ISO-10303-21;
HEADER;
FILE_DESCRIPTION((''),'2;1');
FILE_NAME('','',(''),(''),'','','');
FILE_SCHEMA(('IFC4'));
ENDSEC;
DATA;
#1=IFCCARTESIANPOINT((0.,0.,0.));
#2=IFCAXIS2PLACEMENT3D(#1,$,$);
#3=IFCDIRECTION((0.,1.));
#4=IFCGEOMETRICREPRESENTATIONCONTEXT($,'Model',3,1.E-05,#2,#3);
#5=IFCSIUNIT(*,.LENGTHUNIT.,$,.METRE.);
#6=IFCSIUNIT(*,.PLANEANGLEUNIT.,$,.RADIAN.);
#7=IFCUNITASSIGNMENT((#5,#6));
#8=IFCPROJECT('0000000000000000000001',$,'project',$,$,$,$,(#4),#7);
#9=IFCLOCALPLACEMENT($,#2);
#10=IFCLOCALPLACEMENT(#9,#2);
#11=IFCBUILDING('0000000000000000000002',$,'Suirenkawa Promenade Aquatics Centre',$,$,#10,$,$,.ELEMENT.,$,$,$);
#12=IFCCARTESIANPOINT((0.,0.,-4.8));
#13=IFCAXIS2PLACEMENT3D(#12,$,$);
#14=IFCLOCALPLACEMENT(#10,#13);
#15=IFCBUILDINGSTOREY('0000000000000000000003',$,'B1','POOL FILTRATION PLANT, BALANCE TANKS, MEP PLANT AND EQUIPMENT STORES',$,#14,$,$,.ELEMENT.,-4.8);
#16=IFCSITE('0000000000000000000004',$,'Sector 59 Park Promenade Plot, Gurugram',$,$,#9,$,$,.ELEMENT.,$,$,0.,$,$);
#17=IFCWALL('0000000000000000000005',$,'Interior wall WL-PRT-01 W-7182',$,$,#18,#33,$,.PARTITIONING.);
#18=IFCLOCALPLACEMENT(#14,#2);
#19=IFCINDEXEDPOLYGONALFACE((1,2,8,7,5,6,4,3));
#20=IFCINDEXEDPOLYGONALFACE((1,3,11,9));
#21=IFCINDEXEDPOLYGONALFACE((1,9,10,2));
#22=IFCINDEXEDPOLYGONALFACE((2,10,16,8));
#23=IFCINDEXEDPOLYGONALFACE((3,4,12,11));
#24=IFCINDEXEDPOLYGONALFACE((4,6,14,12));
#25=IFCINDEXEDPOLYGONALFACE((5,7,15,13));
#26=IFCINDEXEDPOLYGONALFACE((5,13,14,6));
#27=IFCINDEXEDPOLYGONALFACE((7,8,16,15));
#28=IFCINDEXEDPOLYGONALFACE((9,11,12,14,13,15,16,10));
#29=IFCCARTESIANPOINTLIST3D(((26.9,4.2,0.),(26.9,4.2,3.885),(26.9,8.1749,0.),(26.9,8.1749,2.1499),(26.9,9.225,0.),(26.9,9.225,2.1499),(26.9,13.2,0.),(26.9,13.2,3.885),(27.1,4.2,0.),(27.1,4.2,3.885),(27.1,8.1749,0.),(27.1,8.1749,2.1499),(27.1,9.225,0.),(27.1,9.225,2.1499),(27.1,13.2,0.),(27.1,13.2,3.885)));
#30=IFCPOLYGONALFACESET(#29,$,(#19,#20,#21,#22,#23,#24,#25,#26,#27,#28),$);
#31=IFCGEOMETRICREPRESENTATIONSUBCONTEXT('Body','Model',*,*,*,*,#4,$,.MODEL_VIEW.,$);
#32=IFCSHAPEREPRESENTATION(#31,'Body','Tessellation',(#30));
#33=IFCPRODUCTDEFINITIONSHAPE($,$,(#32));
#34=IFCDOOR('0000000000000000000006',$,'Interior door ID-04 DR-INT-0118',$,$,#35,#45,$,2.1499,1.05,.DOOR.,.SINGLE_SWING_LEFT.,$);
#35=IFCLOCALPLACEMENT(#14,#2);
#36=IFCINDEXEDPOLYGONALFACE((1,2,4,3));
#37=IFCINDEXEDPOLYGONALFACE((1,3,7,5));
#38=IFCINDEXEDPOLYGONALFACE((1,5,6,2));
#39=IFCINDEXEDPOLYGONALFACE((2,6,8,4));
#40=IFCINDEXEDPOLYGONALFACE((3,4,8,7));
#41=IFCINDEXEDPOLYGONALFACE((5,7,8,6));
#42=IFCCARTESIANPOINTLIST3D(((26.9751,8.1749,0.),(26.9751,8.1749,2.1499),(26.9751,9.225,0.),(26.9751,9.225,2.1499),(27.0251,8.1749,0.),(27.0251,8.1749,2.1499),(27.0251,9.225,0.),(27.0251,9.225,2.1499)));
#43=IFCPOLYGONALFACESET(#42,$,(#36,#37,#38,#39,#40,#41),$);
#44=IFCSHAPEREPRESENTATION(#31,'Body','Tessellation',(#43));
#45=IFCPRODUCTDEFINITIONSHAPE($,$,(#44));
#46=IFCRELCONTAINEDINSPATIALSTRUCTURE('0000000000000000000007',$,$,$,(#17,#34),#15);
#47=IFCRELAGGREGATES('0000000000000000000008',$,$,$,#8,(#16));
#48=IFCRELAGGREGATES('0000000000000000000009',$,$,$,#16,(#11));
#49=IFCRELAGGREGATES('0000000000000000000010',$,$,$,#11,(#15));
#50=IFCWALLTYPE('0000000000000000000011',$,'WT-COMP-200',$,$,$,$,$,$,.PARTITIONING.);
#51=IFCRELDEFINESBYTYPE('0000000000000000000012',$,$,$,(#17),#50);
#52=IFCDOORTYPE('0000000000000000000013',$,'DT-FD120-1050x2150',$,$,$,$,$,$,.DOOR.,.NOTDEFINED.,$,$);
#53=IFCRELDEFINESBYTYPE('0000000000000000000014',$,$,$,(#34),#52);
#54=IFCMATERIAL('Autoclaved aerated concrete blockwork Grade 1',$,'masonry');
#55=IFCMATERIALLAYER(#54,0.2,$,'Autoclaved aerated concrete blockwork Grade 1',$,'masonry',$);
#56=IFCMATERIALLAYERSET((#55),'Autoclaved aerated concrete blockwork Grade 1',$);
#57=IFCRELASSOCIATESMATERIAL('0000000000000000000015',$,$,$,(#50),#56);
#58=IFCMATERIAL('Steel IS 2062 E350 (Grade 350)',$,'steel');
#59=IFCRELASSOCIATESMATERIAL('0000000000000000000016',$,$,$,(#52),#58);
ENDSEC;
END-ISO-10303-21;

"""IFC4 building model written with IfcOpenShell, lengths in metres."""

from ifc_helpers import new_model, si_unit, direction, frame, frame_2d, origin, place, context, subcontext, project, spatial, rectangle, extrude, material, layer, layer_set, type_object, element, fill, save


model = new_model("IFC4")

# Units and contexts
model_context = context("Model", 3, precision=1e-05, world=origin(), true_north=direction((0.0, 1.0)))
body_context = subcontext(model_context, "Body", "Model", "MODEL_VIEW")
ifc_project = project(units=[si_unit("LENGTHUNIT", "METRE"), si_unit("PLANEANGLEUNIT", "RADIAN")], contexts=[model_context])

# Site, building, storey
site_placement = place(None, origin())
site = spatial("IfcSite", under=ifc_project, at=site_placement, Name="Sector 59 Park Promenade Plot, Gurugram", CompositionType="ELEMENT", RefElevation=0.0)
building_placement = place(site_placement, origin())
building = spatial("IfcBuilding", under=site, at=building_placement, Name="Suirenkawa Promenade Aquatics Centre", CompositionType="ELEMENT")
storey_placement = place(building_placement, frame((0.0, 0.0, -4.8)))
storey = spatial("IfcBuildingStorey", under=building, at=storey_placement, Name="B1", Description="POOL FILTRATION PLANT, BALANCE TANKS, MEP PLANT AND EQUIPMENT STORES", CompositionType="ELEMENT", Elevation=-4.8)

# Wall, opening, door
ifc_material_1 = material(Name="Autoclaved aerated concrete blockwork Grade 1", Category="masonry")
ifc_layer = layer(ifc_material_1, 0.2, Name="Autoclaved aerated concrete blockwork Grade 1", Category="masonry")
ifc_layer_set = layer_set([ifc_layer], Name="Autoclaved aerated concrete blockwork Grade 1")
wall_type = type_object("IfcWallType", Name="WT-COMP-200", PredefinedType="PARTITIONING", material=ifc_layer_set)
wall_placement = place(storey_placement, frame((27.0, 4.2, 0.0), z_axis=(0.0, 0.0, 1.0), x_axis=(0.0, 1.0, 0.0)))
wall = element("IfcWall", 1, at=wall_placement, inside=storey, type_object=wall_type, Name="Interior wall WL-PRT-01 W-7182", PredefinedType="PARTITIONING", context=body_context, shape_type="SweptSolid", body=[
    extrude(rectangle(XDim=9.0, YDim=0.2, at=frame_2d((4.5, 0.0))), origin(), (0.0, 0.0, 1.0), 3.885),
])
opening_placement = place(wall_placement, frame((3.9751, 0.0, 0.0)))
opening = element("IfcOpeningElement", 2, at=opening_placement, cuts=wall, PredefinedType="OPENING", context=body_context, shape_type="SweptSolid", body=[
    extrude(rectangle(XDim=1.05, YDim=2.1499, at=frame_2d((0.5249, 1.075))), frame((0.0, 0.1099, 0.0), z_axis=(0.0, -1.0, 0.0), x_axis=(1.0, 0.0, 0.0)), (0.0, 0.0, 1.0), 0.22),
])
ifc_material_2 = material(Name="Steel IS 2062 E350 (Grade 350)", Category="steel")
door_type = type_object("IfcDoorType", Name="DT-FD120-1050x2150", OperationType="NOTDEFINED", PredefinedType="DOOR", material=ifc_material_2)
door_placement = place(opening_placement, origin())
door = element("IfcDoor", 3, at=door_placement, inside=storey, type_object=door_type, Name="Interior door ID-04 DR-INT-0118", OperationType="SINGLE_SWING_LEFT", OverallHeight=2.1499, OverallWidth=1.05, PredefinedType="DOOR", context=body_context, shape_type="SweptSolid", body=[
    extrude(rectangle(XDim=1.05, YDim=2.1499, at=frame_2d((0.5249, 1.075))), frame((0.0, 0.0249, 0.0), z_axis=(0.0, -1.0, 0.0), x_axis=(1.0, 0.0, 0.0)), (0.0, 0.0, 1.0), 0.05),
])
fill(opening, door)

save(model, "model.ifc")
